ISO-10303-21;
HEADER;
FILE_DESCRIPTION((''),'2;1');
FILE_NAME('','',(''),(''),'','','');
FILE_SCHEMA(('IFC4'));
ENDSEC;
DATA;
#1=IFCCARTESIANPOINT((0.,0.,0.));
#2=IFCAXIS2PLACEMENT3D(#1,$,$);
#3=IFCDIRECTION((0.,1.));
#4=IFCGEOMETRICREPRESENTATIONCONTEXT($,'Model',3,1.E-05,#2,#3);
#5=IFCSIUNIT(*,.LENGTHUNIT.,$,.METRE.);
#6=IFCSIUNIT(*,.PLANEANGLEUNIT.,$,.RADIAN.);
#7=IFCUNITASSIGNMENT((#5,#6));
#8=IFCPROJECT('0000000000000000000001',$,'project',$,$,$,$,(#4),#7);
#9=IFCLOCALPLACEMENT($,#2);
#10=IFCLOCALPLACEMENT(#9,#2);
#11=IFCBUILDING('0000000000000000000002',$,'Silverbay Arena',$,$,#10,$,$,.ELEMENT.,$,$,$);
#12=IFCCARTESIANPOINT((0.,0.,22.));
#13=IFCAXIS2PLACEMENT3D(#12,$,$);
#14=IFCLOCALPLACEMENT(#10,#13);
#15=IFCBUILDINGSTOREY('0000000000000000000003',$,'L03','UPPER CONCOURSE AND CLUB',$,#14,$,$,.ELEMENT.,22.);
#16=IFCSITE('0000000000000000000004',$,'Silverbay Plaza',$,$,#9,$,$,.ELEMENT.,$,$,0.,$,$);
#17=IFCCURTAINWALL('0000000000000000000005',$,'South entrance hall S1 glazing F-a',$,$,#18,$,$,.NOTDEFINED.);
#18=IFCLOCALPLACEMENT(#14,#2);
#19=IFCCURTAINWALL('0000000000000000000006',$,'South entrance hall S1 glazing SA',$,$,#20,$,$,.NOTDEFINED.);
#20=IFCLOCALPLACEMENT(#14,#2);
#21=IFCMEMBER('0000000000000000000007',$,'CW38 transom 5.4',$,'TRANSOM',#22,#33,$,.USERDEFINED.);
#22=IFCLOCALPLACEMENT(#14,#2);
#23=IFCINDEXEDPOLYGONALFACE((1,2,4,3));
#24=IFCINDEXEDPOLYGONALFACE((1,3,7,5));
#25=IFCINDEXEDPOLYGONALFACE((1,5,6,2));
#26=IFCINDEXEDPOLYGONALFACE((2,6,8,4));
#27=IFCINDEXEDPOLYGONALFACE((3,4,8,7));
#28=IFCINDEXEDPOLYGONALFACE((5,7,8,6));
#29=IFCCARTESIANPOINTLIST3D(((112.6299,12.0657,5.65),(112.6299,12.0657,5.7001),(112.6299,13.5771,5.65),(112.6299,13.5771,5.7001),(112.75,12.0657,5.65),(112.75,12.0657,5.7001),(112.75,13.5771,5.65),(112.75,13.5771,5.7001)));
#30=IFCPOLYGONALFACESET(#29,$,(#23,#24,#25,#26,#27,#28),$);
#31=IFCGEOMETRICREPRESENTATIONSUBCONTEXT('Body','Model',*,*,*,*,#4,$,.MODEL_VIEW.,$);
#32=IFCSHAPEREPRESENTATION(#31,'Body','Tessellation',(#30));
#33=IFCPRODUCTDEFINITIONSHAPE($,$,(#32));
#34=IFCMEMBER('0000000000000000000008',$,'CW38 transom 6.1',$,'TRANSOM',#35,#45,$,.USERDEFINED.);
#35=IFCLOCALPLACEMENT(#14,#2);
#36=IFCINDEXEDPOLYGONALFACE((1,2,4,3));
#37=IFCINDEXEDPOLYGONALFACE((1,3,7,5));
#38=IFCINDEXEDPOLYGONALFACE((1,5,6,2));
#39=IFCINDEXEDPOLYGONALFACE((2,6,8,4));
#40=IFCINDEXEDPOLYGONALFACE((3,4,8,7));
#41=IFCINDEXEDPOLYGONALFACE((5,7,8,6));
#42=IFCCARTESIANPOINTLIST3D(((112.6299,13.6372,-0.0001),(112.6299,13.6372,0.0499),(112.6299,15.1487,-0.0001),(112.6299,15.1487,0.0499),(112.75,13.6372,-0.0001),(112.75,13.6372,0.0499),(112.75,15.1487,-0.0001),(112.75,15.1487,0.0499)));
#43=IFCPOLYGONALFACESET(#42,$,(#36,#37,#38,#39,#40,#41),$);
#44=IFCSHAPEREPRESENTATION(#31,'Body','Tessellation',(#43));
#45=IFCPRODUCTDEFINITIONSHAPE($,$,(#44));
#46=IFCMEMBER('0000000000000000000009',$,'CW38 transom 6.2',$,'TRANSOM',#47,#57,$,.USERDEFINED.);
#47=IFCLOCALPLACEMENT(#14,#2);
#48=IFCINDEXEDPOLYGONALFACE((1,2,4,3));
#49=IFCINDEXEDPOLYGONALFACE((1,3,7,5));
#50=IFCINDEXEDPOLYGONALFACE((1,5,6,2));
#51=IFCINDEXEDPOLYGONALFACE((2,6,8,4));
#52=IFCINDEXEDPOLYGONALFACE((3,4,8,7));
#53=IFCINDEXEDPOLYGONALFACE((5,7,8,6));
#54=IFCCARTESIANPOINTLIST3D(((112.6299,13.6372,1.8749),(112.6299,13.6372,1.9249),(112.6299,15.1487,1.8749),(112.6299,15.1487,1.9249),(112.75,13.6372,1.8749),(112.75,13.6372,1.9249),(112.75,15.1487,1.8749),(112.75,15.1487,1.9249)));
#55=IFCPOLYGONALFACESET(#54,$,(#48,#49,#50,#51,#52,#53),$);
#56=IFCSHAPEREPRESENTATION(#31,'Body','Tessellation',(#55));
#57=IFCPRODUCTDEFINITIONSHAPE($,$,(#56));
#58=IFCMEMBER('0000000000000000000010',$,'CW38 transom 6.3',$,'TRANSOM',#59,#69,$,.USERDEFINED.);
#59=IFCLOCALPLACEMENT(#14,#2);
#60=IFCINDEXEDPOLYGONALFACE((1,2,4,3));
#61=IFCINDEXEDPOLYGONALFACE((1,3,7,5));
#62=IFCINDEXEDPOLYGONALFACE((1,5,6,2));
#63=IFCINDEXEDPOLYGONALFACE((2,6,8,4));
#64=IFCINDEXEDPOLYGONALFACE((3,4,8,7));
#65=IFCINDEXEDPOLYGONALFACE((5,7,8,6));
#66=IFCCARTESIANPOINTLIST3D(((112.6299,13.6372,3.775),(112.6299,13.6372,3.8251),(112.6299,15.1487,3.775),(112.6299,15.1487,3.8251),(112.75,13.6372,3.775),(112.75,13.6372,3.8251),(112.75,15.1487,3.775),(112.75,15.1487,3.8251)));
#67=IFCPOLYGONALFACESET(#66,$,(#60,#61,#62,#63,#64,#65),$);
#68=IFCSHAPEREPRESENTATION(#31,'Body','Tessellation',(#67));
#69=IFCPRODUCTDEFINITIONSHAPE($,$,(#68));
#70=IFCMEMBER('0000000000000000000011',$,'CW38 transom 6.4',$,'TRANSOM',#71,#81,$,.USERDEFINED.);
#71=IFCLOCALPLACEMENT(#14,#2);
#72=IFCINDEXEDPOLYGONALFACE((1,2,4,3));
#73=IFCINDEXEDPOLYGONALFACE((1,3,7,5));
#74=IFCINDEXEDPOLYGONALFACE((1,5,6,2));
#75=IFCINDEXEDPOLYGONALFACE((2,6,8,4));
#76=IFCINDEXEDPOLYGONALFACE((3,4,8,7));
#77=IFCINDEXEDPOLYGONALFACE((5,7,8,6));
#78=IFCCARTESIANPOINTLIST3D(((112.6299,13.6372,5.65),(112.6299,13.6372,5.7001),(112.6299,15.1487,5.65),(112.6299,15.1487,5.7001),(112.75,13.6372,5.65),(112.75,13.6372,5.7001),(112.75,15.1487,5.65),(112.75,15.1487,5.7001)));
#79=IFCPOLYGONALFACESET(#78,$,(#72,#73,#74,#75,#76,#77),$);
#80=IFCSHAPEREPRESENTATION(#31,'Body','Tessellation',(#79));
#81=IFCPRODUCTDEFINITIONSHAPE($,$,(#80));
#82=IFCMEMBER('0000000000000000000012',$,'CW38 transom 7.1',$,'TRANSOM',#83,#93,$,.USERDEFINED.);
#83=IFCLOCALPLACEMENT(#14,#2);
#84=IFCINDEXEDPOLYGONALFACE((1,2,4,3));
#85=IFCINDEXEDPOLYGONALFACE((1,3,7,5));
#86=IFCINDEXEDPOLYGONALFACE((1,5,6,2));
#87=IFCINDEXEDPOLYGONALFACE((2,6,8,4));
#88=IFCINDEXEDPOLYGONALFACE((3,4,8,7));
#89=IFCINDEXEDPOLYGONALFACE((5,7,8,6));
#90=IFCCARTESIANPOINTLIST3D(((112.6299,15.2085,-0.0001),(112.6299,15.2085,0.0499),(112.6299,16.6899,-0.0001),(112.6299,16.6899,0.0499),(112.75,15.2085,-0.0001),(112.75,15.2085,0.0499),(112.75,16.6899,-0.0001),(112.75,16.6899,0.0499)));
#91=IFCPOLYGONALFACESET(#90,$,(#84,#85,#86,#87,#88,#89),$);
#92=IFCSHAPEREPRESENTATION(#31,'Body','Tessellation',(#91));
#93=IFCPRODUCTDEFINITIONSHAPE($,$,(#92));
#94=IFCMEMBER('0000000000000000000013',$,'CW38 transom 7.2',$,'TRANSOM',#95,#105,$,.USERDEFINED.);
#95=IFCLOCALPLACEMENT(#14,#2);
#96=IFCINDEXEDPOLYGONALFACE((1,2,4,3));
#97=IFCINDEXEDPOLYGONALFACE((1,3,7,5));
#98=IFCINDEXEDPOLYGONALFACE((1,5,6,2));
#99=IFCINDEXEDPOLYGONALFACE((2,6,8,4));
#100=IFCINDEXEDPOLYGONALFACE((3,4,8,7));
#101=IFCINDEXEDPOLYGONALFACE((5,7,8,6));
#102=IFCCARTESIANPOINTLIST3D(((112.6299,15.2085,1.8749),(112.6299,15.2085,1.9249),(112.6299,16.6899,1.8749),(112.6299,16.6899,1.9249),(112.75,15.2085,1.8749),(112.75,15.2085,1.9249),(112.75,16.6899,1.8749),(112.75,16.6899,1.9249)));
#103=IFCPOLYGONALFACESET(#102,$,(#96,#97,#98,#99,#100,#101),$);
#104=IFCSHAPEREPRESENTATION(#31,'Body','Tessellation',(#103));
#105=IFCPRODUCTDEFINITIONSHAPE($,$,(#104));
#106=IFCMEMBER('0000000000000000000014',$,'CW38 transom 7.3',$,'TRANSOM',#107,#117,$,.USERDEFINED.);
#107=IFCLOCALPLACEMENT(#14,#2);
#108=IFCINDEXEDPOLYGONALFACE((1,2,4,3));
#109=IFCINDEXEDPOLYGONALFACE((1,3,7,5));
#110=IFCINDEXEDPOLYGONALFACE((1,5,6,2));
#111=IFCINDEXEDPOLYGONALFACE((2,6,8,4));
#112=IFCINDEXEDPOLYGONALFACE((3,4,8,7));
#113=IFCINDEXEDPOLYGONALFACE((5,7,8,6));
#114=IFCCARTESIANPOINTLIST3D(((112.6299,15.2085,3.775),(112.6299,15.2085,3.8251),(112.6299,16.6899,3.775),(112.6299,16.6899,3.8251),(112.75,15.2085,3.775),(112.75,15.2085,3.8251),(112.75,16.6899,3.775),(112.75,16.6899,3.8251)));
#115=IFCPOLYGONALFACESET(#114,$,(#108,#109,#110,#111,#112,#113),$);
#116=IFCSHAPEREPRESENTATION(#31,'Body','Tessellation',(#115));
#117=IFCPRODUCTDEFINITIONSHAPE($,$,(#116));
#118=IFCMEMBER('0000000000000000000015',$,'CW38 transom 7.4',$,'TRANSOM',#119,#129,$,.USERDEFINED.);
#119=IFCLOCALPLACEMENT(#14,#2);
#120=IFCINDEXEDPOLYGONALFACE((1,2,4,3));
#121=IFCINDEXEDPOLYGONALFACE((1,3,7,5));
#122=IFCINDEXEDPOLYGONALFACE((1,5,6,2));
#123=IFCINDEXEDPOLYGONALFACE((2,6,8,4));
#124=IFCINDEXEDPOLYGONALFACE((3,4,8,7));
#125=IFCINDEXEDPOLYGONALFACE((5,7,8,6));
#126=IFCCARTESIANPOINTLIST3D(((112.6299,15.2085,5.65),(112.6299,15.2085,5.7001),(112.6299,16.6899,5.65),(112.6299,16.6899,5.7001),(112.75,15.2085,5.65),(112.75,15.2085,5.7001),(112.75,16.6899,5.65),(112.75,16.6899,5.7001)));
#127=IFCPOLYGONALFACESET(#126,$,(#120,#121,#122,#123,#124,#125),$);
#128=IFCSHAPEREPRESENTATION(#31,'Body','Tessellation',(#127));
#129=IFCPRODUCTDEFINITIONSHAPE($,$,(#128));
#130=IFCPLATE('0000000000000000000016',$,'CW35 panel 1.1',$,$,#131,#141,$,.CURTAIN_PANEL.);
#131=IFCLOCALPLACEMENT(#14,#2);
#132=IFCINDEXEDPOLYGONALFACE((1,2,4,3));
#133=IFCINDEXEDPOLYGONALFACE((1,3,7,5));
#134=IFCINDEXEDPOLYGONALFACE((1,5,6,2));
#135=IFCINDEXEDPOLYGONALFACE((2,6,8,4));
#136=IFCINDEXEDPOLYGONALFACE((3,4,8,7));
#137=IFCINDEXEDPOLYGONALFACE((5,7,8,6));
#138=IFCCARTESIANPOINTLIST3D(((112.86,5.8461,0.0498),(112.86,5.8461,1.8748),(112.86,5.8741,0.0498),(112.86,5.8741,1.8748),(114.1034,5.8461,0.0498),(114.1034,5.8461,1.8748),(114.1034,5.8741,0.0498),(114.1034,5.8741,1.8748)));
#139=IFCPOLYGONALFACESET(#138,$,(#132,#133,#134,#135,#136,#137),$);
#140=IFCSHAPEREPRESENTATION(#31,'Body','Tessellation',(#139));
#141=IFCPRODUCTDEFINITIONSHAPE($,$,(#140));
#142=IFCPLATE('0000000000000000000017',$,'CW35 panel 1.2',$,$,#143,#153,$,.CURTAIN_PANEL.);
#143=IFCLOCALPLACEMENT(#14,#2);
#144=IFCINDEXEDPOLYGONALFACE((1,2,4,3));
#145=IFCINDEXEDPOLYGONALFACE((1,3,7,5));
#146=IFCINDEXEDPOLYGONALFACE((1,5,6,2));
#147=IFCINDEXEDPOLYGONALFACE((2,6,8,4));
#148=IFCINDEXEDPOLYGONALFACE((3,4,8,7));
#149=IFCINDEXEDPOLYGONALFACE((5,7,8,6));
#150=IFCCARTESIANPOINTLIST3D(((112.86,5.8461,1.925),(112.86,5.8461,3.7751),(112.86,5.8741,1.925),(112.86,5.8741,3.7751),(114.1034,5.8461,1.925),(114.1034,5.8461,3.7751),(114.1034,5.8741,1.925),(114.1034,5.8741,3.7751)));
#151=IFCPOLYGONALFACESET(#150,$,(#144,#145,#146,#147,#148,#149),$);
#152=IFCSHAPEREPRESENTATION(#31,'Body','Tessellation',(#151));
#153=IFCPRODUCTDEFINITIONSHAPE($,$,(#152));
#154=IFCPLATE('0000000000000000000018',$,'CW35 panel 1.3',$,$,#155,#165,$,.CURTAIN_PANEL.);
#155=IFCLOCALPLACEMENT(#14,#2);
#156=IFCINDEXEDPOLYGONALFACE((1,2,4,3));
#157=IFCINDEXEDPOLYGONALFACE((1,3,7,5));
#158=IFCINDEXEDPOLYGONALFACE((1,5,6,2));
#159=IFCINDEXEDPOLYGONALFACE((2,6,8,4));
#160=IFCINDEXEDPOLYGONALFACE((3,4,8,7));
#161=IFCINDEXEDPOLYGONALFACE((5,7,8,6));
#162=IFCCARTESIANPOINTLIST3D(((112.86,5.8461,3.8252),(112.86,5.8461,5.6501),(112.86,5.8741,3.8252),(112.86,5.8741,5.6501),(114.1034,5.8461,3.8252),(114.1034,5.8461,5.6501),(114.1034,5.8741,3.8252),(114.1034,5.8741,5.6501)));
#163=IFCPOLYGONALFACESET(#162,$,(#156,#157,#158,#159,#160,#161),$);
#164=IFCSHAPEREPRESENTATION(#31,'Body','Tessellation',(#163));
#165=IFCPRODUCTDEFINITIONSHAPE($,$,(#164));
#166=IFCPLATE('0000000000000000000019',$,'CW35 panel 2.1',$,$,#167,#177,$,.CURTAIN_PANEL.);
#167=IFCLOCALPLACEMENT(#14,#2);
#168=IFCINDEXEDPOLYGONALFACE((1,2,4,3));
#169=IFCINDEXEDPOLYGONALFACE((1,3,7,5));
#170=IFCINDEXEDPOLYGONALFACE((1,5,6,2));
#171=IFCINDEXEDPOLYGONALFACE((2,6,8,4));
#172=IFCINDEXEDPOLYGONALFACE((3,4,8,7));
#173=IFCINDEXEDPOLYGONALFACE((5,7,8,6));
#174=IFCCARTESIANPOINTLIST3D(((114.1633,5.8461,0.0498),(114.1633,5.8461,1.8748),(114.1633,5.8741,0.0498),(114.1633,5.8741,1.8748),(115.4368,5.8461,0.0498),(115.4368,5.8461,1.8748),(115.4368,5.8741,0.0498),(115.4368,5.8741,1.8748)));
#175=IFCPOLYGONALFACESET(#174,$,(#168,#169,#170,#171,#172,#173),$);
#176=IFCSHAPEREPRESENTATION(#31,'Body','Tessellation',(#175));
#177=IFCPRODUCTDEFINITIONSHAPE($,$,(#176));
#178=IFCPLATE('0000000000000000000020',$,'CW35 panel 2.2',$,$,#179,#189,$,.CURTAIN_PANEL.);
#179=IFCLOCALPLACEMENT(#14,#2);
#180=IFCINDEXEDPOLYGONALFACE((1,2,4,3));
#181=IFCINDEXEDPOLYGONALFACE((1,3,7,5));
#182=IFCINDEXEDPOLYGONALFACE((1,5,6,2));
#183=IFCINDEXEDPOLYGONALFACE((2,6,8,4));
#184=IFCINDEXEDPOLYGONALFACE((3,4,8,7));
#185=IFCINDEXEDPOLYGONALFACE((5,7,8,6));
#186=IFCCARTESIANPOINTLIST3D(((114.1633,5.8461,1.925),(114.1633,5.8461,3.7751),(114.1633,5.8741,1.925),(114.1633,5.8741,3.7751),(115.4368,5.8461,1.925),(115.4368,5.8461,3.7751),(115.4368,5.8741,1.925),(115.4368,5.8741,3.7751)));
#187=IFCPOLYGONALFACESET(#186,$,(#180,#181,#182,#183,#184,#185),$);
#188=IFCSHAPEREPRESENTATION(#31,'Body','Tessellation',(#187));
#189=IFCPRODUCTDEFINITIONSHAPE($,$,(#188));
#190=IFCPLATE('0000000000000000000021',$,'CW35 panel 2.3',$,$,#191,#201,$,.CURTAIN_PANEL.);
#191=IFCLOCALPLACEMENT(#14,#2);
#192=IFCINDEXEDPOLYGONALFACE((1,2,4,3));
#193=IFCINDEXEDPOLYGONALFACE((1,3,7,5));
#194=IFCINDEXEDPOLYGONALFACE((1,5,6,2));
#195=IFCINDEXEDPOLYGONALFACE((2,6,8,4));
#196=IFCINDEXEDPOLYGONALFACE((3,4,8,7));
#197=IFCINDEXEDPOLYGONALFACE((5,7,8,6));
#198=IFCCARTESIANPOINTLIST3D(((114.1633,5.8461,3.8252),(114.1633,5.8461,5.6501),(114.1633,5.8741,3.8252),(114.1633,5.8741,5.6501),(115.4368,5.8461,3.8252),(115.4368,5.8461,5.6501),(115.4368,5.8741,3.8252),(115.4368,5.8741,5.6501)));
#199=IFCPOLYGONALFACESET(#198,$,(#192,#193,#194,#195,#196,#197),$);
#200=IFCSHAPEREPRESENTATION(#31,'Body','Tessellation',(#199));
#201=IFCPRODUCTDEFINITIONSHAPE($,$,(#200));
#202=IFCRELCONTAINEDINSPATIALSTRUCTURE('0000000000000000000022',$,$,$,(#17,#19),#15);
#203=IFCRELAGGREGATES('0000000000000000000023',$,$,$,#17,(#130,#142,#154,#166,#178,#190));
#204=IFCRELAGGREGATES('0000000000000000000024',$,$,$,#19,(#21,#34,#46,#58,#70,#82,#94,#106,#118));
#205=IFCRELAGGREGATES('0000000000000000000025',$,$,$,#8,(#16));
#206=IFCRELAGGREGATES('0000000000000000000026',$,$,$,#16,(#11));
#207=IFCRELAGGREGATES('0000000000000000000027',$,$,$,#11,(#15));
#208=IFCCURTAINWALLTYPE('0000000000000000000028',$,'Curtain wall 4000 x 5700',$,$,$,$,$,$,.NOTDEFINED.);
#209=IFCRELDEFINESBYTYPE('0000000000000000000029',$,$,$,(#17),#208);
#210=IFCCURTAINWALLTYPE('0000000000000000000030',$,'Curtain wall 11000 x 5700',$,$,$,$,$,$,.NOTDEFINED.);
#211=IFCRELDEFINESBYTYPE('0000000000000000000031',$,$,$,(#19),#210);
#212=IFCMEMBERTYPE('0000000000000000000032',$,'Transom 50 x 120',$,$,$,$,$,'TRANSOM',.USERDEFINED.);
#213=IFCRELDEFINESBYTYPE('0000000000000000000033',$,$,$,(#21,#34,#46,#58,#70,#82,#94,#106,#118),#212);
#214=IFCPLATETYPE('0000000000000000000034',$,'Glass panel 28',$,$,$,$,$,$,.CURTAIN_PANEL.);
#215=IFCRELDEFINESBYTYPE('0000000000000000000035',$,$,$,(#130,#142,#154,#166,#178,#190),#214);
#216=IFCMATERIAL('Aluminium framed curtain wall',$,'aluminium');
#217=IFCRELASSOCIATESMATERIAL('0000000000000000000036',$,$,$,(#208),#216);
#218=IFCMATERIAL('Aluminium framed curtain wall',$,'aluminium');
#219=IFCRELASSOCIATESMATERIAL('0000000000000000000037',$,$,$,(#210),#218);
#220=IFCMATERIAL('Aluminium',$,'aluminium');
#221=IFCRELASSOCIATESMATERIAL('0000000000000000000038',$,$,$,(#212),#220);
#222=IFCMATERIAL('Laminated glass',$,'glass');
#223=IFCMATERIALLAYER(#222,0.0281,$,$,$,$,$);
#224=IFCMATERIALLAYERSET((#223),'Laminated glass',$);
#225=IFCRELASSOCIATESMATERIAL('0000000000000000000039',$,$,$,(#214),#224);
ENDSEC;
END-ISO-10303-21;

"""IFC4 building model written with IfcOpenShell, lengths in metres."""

from ifc_helpers import new_model, si_unit, direction, frame, origin, origin_2d, place, context, subcontext, project, spatial, rectangle, extrude, material, layer, layer_set, material_profile, profile_set, type_object, element, aggregate, save


model = new_model("IFC4")

# Units and contexts
model_context = context("Model", 3, precision=1e-05, world=origin(), true_north=direction((0.0, 1.0)))
body_context = subcontext(model_context, "Body", "Model", "MODEL_VIEW")
ifc_project = project(units=[si_unit("LENGTHUNIT", "METRE"), si_unit("PLANEANGLEUNIT", "RADIAN")], contexts=[model_context])

# Site, building, storey
site_placement = place(None, origin())
site = spatial("IfcSite", under=ifc_project, at=site_placement, Name="Silverbay Plaza", CompositionType="ELEMENT", RefElevation=0.0)
building_placement = place(site_placement, origin())
building = spatial("IfcBuilding", under=site, at=building_placement, Name="Silverbay Arena", CompositionType="ELEMENT")
storey_placement = place(building_placement, frame((0.0, 0.0, 22.0)))
storey = spatial("IfcBuildingStorey", under=building, at=storey_placement, Name="L03", Description="UPPER CONCOURSE AND CLUB", CompositionType="ELEMENT", Elevation=22.0)

# Curtain walls
ifc_material_1 = material(Name="Aluminium framed curtain wall", Category="aluminium")
curtain_wall_type_1 = type_object("IfcCurtainWallType", Name="Curtain wall 4000 x 5700", PredefinedType="NOTDEFINED", material=ifc_material_1)
curtain_wall_1_placement = place(storey_placement, origin())
curtain_wall_1 = element("IfcCurtainWall", 1, at=curtain_wall_1_placement, inside=storey, type_object=curtain_wall_type_1, Name="South entrance hall S1 glazing F-a", PredefinedType="NOTDEFINED")
ifc_material_2 = material(Name="Aluminium framed curtain wall", Category="aluminium")
curtain_wall_type_2 = type_object("IfcCurtainWallType", Name="Curtain wall 11000 x 5700", PredefinedType="NOTDEFINED", material=ifc_material_2)
curtain_wall_2_placement = place(storey_placement, origin())
curtain_wall_2 = element("IfcCurtainWall", 2, at=curtain_wall_2_placement, inside=storey, type_object=curtain_wall_type_2, Name="South entrance hall S1 glazing SA", PredefinedType="NOTDEFINED")

# Members
ifc_material_3 = material(Name="Aluminium", Category="aluminium")
ifc_material_profile_1 = material_profile(ifc_material_3, rectangle(XDim=0.1201, YDim=0.05, at=origin_2d()), Name="Transom 50 x 120")
ifc_profile_set_1 = profile_set([ifc_material_profile_1], Name="Aluminium")
member_type_1 = type_object("IfcMemberType", Name="Transom 50 x 120", ElementType="TRANSOM", PredefinedType="USERDEFINED", material=ifc_profile_set_1)
member_1_placement = place(storey_placement, frame((112.6899, 12.0657, 5.675), z_axis=(0.0, 1.0, 0.0), x_axis=(-1.0, 0.0, 0.0)))
member_1 = element("IfcMember", 3, at=member_1_placement, type_object=member_type_1, Name="CW38 transom 5.4", ObjectType="TRANSOM", PredefinedType="USERDEFINED", context=body_context, shape_type="SweptSolid", body=[
    extrude(rectangle(XDim=0.1201, YDim=0.05, at=origin_2d()), origin(), (0.0, 0.0, 1.0), 1.5115),
])
member_2_placement = place(storey_placement, frame((112.6899, 13.6372, 0.0249), z_axis=(0.0, 1.0, 0.0), x_axis=(-1.0, 0.0, 0.0)))
member_2 = element("IfcMember", 4, at=member_2_placement, type_object=member_type_1, Name="CW38 transom 6.1", ObjectType="TRANSOM", PredefinedType="USERDEFINED", context=body_context, shape_type="SweptSolid", body=[
    extrude(rectangle(XDim=0.1201, YDim=0.05, at=origin_2d()), origin(), (0.0, 0.0, 1.0), 1.5115),
])
member_3_placement = place(storey_placement, frame((112.6899, 13.6372, 1.8999), z_axis=(0.0, 1.0, 0.0), x_axis=(-1.0, 0.0, 0.0)))
member_3 = element("IfcMember", 5, at=member_3_placement, type_object=member_type_1, Name="CW38 transom 6.2", ObjectType="TRANSOM", PredefinedType="USERDEFINED", context=body_context, shape_type="SweptSolid", body=[
    extrude(rectangle(XDim=0.1201, YDim=0.05, at=origin_2d()), origin(), (0.0, 0.0, 1.0), 1.5115),
])
member_4_placement = place(storey_placement, frame((112.6899, 13.6372, 3.8), z_axis=(0.0, 1.0, 0.0), x_axis=(-1.0, 0.0, 0.0)))
member_4 = element("IfcMember", 6, at=member_4_placement, type_object=member_type_1, Name="CW38 transom 6.3", ObjectType="TRANSOM", PredefinedType="USERDEFINED", context=body_context, shape_type="SweptSolid", body=[
    extrude(rectangle(XDim=0.1201, YDim=0.05, at=origin_2d()), origin(), (0.0, 0.0, 1.0), 1.5115),
])
member_5_placement = place(storey_placement, frame((112.6899, 13.6372, 5.675), z_axis=(0.0, 1.0, 0.0), x_axis=(-1.0, 0.0, 0.0)))
member_5 = element("IfcMember", 7, at=member_5_placement, type_object=member_type_1, Name="CW38 transom 6.4", ObjectType="TRANSOM", PredefinedType="USERDEFINED", context=body_context, shape_type="SweptSolid", body=[
    extrude(rectangle(XDim=0.1201, YDim=0.05, at=origin_2d()), origin(), (0.0, 0.0, 1.0), 1.5115),
])
member_6_placement = place(storey_placement, frame((112.6899, 15.2085, 0.0249), z_axis=(0.0, 1.0, 0.0), x_axis=(-1.0, 0.0, 0.0)))
member_6 = element("IfcMember", 8, at=member_6_placement, type_object=member_type_1, Name="CW38 transom 7.1", ObjectType="TRANSOM", PredefinedType="USERDEFINED", context=body_context, shape_type="SweptSolid", body=[
    extrude(rectangle(XDim=0.1201, YDim=0.05, at=origin_2d()), origin(), (0.0, 0.0, 1.0), 1.4814),
])
member_7_placement = place(storey_placement, frame((112.6899, 15.2085, 1.8999), z_axis=(0.0, 1.0, 0.0), x_axis=(-1.0, 0.0, 0.0)))
member_7 = element("IfcMember", 9, at=member_7_placement, type_object=member_type_1, Name="CW38 transom 7.2", ObjectType="TRANSOM", PredefinedType="USERDEFINED", context=body_context, shape_type="SweptSolid", body=[
    extrude(rectangle(XDim=0.1201, YDim=0.05, at=origin_2d()), origin(), (0.0, 0.0, 1.0), 1.4814),
])
member_8_placement = place(storey_placement, frame((112.6899, 15.2085, 3.8), z_axis=(0.0, 1.0, 0.0), x_axis=(-1.0, 0.0, 0.0)))
member_8 = element("IfcMember", 10, at=member_8_placement, type_object=member_type_1, Name="CW38 transom 7.3", ObjectType="TRANSOM", PredefinedType="USERDEFINED", context=body_context, shape_type="SweptSolid", body=[
    extrude(rectangle(XDim=0.1201, YDim=0.05, at=origin_2d()), origin(), (0.0, 0.0, 1.0), 1.4814),
])
member_9_placement = place(storey_placement, frame((112.6899, 15.2085, 5.675), z_axis=(0.0, 1.0, 0.0), x_axis=(-1.0, 0.0, 0.0)))
member_9 = element("IfcMember", 11, at=member_9_placement, type_object=member_type_1, Name="CW38 transom 7.4", ObjectType="TRANSOM", PredefinedType="USERDEFINED", context=body_context, shape_type="SweptSolid", body=[
    extrude(rectangle(XDim=0.1201, YDim=0.05, at=origin_2d()), origin(), (0.0, 0.0, 1.0), 1.4814),
])

# Plates
ifc_material_4 = material(Name="Laminated glass", Category="glass")
ifc_layer = layer(ifc_material_4, 0.0281)
ifc_layer_set = layer_set([ifc_layer], Name="Laminated glass")
plate_type = type_object("IfcPlateType", Name="Glass panel 28", PredefinedType="CURTAIN_PANEL", material=ifc_layer_set)
plate_1_placement = place(storey_placement, frame((113.4817, 5.8601, 0.0498), z_axis=(0.0, 0.0, 1.0), x_axis=(1.0, 0.0, 0.0)))
plate_1 = element("IfcPlate", 12, at=plate_1_placement, type_object=plate_type, Name="CW35 panel 1.1", PredefinedType="CURTAIN_PANEL", context=body_context, shape_type="SweptSolid", body=[
    extrude(rectangle(XDim=1.2434, YDim=0.0281, at=origin_2d()), origin(), (0.0, 0.0, 1.0), 1.825),
])
plate_2_placement = place(storey_placement, frame((113.4817, 5.8601, 1.925), z_axis=(0.0, 0.0, 1.0), x_axis=(1.0, 0.0, 0.0)))
plate_2 = element("IfcPlate", 13, at=plate_2_placement, type_object=plate_type, Name="CW35 panel 1.2", PredefinedType="CURTAIN_PANEL", context=body_context, shape_type="SweptSolid", body=[
    extrude(rectangle(XDim=1.2434, YDim=0.0281, at=origin_2d()), origin(), (0.0, 0.0, 1.0), 1.8501),
])
plate_3_placement = place(storey_placement, frame((113.4817, 5.8601, 3.8252), z_axis=(0.0, 0.0, 1.0), x_axis=(1.0, 0.0, 0.0)))
plate_3 = element("IfcPlate", 14, at=plate_3_placement, type_object=plate_type, Name="CW35 panel 1.3", PredefinedType="CURTAIN_PANEL", context=body_context, shape_type="SweptSolid", body=[
    extrude(rectangle(XDim=1.2434, YDim=0.0281, at=origin_2d()), origin(), (0.0, 0.0, 1.0), 1.825),
])
plate_4_placement = place(storey_placement, frame((114.8, 5.8601, 0.0498), z_axis=(0.0, 0.0, 1.0), x_axis=(1.0, 0.0, 0.0)))
plate_4 = element("IfcPlate", 15, at=plate_4_placement, type_object=plate_type, Name="CW35 panel 2.1", PredefinedType="CURTAIN_PANEL", context=body_context, shape_type="SweptSolid", body=[
    extrude(rectangle(XDim=1.2734, YDim=0.0281, at=origin_2d()), origin(), (0.0, 0.0, 1.0), 1.825),
])
plate_5_placement = place(storey_placement, frame((114.8, 5.8601, 1.925), z_axis=(0.0, 0.0, 1.0), x_axis=(1.0, 0.0, 0.0)))
plate_5 = element("IfcPlate", 16, at=plate_5_placement, type_object=plate_type, Name="CW35 panel 2.2", PredefinedType="CURTAIN_PANEL", context=body_context, shape_type="SweptSolid", body=[
    extrude(rectangle(XDim=1.2734, YDim=0.0281, at=origin_2d()), origin(), (0.0, 0.0, 1.0), 1.8501),
])
plate_6_placement = place(storey_placement, frame((114.8, 5.8601, 3.8252), z_axis=(0.0, 0.0, 1.0), x_axis=(1.0, 0.0, 0.0)))
plate_6 = element("IfcPlate", 17, at=plate_6_placement, type_object=plate_type, Name="CW35 panel 2.3", PredefinedType="CURTAIN_PANEL", context=body_context, shape_type="SweptSolid", body=[
    extrude(rectangle(XDim=1.2734, YDim=0.0281, at=origin_2d()), origin(), (0.0, 0.0, 1.0), 1.825),
])
aggregate(curtain_wall_1, [plate_1, plate_2, plate_3, plate_4, plate_5, plate_6])
aggregate(curtain_wall_2, [member_1, member_2, member_3, member_4, member_5, member_6, member_7, member_8, member_9])

save(model, "model.ifc")
